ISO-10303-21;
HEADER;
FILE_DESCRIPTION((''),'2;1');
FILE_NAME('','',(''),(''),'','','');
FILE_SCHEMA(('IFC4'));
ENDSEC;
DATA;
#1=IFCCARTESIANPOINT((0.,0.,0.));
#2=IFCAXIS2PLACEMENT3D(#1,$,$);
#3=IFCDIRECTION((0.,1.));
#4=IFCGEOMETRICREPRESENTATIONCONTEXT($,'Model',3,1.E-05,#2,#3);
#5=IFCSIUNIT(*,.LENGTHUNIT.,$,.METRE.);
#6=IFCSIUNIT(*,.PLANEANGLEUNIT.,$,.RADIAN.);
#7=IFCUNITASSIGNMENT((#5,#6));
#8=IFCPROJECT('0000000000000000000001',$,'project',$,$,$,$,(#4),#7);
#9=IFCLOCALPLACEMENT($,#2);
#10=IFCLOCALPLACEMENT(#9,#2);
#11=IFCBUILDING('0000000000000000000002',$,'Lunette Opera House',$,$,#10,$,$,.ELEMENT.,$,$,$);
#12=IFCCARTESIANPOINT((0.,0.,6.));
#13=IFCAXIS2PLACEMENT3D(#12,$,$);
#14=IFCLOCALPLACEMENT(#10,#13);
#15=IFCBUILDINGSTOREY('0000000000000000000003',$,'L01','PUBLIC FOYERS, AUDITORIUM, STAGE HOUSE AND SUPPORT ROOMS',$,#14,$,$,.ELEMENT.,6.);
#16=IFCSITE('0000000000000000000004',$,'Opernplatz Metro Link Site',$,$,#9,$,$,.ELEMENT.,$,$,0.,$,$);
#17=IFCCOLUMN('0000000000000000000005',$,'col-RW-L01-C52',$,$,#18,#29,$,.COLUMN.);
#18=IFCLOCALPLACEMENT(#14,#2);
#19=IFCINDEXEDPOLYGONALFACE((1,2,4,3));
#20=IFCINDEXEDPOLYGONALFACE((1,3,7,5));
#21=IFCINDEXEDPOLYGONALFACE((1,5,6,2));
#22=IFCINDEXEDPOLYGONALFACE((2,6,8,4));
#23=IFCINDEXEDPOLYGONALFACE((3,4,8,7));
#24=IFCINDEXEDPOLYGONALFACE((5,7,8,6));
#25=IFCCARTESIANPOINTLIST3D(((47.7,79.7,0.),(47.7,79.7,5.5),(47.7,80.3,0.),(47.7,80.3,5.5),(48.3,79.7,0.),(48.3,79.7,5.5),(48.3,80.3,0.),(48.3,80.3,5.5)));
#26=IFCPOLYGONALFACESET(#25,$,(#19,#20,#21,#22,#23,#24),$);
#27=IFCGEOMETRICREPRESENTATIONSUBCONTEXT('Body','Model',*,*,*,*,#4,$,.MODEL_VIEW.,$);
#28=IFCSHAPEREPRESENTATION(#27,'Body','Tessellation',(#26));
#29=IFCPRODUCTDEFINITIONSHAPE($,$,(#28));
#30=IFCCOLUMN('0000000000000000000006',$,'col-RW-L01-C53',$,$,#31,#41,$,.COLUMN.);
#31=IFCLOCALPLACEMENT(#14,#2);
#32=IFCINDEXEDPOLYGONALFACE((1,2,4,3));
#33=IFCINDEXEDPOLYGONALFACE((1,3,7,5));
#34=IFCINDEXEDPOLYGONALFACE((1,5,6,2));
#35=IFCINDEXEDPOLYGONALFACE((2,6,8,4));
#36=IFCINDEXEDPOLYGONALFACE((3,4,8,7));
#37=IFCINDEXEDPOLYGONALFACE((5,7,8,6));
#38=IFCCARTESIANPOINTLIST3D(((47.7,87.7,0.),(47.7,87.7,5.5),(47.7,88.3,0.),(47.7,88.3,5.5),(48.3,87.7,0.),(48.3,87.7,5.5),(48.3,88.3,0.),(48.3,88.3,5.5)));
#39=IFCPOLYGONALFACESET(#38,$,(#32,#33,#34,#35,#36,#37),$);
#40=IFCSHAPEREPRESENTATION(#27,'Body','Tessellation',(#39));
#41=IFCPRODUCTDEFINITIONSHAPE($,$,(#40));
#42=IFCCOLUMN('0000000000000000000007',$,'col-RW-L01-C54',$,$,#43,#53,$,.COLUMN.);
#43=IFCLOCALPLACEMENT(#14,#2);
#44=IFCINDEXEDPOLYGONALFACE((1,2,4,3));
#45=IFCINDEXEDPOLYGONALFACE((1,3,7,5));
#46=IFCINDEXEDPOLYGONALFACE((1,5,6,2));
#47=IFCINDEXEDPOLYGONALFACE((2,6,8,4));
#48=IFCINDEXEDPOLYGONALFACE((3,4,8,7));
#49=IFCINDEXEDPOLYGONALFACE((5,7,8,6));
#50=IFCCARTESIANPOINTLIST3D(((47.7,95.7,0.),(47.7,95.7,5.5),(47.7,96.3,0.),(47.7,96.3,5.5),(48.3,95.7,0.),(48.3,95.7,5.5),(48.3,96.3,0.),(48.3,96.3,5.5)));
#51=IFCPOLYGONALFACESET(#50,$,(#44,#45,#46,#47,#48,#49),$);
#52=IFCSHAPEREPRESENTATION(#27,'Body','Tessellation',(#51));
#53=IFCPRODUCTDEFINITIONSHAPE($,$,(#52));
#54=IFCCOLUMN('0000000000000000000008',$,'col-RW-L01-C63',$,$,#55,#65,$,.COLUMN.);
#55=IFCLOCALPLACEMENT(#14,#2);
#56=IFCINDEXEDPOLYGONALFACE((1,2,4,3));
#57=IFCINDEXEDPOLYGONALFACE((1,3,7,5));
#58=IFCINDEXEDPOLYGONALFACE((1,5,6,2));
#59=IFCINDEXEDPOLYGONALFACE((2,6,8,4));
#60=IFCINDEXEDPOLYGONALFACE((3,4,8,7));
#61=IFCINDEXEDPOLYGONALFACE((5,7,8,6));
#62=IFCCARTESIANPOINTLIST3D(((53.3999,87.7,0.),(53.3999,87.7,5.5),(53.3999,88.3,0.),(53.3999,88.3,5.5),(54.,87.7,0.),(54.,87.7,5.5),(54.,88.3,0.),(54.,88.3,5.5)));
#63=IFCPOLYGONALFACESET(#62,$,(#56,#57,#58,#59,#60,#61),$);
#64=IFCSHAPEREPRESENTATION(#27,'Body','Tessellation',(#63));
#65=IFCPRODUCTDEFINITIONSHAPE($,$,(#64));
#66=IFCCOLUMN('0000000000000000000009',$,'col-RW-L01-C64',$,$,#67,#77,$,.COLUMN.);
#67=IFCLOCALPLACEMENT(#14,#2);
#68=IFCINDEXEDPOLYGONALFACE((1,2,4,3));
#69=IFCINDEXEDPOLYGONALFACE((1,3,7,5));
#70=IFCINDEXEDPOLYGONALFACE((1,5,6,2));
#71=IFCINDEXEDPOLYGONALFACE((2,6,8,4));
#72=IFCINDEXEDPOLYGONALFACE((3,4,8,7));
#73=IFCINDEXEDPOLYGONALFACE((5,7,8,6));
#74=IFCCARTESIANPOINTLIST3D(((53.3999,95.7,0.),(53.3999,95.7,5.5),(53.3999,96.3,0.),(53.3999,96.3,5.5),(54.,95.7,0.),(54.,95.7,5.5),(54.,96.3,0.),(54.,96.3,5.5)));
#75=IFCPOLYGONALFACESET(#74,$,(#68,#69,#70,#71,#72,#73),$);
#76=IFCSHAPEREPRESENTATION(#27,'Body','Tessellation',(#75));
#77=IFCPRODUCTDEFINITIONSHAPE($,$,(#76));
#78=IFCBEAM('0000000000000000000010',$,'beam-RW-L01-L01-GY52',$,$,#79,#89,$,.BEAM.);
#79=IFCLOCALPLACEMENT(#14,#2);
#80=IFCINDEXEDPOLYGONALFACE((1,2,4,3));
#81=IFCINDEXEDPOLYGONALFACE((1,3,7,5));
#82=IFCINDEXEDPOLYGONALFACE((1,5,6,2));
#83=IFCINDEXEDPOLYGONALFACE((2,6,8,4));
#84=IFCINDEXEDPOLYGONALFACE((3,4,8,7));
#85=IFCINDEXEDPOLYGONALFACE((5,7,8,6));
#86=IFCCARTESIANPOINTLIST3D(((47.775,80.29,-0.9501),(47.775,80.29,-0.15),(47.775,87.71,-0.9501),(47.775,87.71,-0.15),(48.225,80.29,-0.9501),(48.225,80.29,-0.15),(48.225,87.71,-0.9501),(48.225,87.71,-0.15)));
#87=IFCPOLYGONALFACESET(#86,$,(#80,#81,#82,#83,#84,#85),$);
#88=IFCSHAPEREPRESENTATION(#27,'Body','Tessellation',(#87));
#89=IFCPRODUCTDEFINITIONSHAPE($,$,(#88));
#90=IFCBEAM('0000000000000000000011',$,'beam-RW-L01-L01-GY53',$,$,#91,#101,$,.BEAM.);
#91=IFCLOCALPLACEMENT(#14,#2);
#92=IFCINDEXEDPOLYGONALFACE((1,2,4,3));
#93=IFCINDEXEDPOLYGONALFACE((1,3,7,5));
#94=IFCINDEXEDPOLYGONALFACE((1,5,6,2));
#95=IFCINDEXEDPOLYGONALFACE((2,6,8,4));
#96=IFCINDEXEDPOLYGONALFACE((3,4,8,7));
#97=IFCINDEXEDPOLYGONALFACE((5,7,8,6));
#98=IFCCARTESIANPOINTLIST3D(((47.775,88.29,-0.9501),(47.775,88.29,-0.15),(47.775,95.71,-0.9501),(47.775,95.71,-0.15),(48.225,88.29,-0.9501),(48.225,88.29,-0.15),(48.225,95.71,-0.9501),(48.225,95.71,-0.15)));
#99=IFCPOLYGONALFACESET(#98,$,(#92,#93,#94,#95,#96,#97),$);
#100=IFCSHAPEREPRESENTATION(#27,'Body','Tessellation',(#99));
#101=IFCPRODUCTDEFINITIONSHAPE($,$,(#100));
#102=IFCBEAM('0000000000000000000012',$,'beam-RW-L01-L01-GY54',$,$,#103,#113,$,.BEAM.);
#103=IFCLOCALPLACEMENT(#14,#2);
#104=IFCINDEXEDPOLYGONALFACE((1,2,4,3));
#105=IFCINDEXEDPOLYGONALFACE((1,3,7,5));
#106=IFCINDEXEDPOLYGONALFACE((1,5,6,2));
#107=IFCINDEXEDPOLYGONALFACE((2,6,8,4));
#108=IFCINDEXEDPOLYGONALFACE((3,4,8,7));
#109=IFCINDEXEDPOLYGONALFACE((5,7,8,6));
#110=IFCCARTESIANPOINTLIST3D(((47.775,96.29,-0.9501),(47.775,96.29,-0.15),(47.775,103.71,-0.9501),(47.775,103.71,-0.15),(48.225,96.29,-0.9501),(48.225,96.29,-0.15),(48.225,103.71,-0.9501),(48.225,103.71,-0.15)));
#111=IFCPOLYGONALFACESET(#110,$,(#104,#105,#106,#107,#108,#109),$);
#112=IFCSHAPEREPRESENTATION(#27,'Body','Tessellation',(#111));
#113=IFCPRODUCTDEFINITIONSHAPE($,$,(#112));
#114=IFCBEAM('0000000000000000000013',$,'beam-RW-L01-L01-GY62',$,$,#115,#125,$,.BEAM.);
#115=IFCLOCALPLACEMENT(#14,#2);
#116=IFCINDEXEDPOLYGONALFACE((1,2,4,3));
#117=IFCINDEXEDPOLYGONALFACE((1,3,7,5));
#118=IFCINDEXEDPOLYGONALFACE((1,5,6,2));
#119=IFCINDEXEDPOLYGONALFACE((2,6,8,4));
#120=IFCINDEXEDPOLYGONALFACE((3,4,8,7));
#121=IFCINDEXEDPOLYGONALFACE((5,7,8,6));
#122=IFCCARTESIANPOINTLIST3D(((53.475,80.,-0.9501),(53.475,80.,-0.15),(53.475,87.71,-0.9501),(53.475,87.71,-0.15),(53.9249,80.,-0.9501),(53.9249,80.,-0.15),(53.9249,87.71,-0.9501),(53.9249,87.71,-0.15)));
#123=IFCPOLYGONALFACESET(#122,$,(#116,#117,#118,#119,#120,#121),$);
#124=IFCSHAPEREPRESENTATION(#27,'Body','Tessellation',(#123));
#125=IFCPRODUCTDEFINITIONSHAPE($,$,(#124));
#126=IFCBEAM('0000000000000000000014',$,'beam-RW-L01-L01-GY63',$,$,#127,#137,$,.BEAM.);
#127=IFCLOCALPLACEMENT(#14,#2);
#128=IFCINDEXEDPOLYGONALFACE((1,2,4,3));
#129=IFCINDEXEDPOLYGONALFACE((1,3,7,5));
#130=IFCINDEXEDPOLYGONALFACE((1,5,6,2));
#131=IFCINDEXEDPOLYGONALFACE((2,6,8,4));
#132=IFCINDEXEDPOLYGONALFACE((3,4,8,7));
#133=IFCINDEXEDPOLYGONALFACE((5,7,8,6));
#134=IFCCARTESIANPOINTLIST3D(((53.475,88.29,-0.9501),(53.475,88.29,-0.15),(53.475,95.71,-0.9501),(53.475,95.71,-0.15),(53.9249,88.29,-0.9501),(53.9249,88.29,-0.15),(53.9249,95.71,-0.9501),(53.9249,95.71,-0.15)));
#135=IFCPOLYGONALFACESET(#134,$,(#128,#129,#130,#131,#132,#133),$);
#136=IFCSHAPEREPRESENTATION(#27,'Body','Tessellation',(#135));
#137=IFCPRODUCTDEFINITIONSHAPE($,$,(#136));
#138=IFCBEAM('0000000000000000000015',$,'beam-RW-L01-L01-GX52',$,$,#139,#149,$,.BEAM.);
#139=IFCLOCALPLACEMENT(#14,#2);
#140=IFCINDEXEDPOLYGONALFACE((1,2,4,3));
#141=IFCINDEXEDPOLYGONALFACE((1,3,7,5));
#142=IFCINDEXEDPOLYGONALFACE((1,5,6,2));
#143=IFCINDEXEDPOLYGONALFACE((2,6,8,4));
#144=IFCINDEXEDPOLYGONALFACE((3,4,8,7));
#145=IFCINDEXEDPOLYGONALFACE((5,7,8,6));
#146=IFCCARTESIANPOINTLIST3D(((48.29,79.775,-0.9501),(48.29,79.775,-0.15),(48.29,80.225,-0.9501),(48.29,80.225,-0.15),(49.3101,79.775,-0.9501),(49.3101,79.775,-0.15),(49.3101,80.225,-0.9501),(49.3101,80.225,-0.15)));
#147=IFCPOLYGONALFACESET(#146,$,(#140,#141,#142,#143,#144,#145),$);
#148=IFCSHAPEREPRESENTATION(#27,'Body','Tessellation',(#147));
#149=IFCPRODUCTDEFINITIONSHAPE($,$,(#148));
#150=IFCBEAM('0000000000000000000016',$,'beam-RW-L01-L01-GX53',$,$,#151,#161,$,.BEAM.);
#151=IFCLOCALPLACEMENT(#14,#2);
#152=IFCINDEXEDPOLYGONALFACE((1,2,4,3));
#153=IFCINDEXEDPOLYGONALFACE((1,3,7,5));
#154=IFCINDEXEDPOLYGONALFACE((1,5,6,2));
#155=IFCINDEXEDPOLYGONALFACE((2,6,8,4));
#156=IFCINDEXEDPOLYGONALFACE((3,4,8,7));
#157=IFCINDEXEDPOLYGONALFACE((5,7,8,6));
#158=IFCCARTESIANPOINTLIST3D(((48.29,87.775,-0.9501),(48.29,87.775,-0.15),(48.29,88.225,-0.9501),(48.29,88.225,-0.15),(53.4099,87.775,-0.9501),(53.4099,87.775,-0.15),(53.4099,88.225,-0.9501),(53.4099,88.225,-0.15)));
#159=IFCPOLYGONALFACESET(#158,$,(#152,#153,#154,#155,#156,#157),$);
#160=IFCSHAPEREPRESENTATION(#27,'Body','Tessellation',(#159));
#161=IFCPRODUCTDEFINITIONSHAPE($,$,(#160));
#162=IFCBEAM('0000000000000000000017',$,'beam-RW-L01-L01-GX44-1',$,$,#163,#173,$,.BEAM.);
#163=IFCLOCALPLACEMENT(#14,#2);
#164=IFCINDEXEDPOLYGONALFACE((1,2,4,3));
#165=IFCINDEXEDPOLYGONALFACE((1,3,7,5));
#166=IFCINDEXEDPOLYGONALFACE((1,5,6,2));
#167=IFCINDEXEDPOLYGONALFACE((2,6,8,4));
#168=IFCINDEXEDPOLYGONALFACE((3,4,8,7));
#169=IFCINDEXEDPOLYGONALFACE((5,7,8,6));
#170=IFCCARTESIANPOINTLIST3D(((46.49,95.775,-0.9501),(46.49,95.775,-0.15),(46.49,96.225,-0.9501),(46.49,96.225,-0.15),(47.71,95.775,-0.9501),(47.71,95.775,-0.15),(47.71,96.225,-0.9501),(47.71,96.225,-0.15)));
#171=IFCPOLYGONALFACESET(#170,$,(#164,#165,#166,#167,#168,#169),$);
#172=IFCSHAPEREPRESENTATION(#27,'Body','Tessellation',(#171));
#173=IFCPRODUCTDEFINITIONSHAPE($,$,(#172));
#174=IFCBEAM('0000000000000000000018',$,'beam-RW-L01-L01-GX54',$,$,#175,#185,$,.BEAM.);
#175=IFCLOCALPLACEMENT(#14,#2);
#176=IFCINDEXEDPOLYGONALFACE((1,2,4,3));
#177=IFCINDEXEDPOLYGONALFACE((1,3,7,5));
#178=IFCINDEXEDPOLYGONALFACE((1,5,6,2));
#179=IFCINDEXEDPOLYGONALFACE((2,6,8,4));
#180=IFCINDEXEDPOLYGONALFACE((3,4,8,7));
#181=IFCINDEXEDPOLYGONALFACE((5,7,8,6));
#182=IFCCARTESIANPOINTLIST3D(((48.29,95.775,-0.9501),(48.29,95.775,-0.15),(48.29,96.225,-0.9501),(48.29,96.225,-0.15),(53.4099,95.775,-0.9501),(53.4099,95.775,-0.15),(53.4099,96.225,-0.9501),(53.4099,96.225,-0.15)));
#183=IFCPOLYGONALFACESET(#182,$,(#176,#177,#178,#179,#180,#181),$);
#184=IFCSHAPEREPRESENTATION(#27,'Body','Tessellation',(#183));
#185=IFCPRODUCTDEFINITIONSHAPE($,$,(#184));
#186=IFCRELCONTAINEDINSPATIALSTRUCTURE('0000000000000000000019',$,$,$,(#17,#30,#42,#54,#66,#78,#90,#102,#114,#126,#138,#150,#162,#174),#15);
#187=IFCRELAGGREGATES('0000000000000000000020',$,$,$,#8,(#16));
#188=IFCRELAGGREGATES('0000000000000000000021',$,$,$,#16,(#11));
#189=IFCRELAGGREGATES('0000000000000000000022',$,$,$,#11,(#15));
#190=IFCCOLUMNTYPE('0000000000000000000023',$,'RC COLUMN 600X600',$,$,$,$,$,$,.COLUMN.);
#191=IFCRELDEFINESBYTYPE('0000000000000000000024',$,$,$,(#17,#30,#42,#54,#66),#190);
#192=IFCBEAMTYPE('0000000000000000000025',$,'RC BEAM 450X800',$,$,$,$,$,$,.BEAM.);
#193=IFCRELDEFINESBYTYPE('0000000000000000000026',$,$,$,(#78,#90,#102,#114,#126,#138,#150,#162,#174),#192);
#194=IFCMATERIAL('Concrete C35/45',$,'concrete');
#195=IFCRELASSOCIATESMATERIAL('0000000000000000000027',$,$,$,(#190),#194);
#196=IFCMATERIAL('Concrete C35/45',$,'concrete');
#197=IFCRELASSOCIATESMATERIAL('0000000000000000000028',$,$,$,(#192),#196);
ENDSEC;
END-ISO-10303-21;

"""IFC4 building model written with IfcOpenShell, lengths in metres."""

from ifc_helpers import new_model, si_unit, direction, frame, origin, origin_2d, place, context, subcontext, project, spatial, rectangle, extrude, material, material_profile, profile_set, type_object, element, save


model = new_model("IFC4")

# Units and contexts
model_context = context("Model", 3, precision=1e-05, world=origin(), true_north=direction((0.0, 1.0)))
body_context = subcontext(model_context, "Body", "Model", "MODEL_VIEW")
ifc_project = project(units=[si_unit("LENGTHUNIT", "METRE"), si_unit("PLANEANGLEUNIT", "RADIAN")], contexts=[model_context])

# Site, building, storey
site_placement = place(None, origin())
site = spatial("IfcSite", under=ifc_project, at=site_placement, Name="Opernplatz Metro Link Site", CompositionType="ELEMENT", RefElevation=0.0)
building_placement = place(site_placement, origin())
building = spatial("IfcBuilding", under=site, at=building_placement, Name="Lunette Opera House", CompositionType="ELEMENT")
storey_placement = place(building_placement, frame((0.0, 0.0, 6.0)))
storey = spatial("IfcBuildingStorey", under=building, at=storey_placement, Name="L01", Description="PUBLIC FOYERS, AUDITORIUM, STAGE HOUSE AND SUPPORT ROOMS", CompositionType="ELEMENT", Elevation=6.0)

# Columns
ifc_material_1 = material(Name="Concrete C35/45", Category="concrete")
ifc_material_profile_1 = material_profile(ifc_material_1, rectangle(XDim=0.6001, YDim=0.6001, at=origin_2d()), Name="RC COLUMN 600X600")
ifc_profile_set_1 = profile_set([ifc_material_profile_1], Name="Concrete C35/45")
column_type = type_object("IfcColumnType", Name="RC COLUMN 600X600", PredefinedType="COLUMN", material=ifc_profile_set_1)
for number, where, z_axis, x_axis, name in (
    (1, (48.0, 80.0, 0.0), (0.0, 0.0, 1.0), (1.0, 0.0, 0.0), "col-RW-L01-C52"),
    (2, (48.0, 88.0, 0.0), (0.0, 0.0, 1.0), (1.0, 0.0, 0.0), "col-RW-L01-C53"),
    (3, (48.0, 96.0, 0.0), (0.0, 0.0, 1.0), (1.0, 0.0, 0.0), "col-RW-L01-C54"),
    (4, (53.7, 88.0, 0.0), (0.0, 0.0, 1.0), (1.0, 0.0, 0.0), "col-RW-L01-C63"),
    (5, (53.7, 96.0, 0.0), (0.0, 0.0, 1.0), (1.0, 0.0, 0.0), "col-RW-L01-C64"),
):
    element("IfcColumn", number, at=place(storey_placement, frame(where, z_axis=z_axis, x_axis=x_axis)), inside=storey, type_object=column_type, Name=name, PredefinedType="COLUMN", context=body_context, shape_type="SweptSolid", body=[
        extrude(rectangle(XDim=0.6001, YDim=0.6001, at=origin_2d()), origin(), (0.0, 0.0, 1.0), 5.5),
    ])

# Beams
ifc_material_2 = material(Name="Concrete C35/45", Category="concrete")
ifc_material_profile_2 = material_profile(ifc_material_2, rectangle(XDim=0.45, YDim=0.8, at=origin_2d()), Name="RC BEAM 450X800")
ifc_profile_set_2 = profile_set([ifc_material_profile_2], Name="Concrete C35/45")
beam_type_1 = type_object("IfcBeamType", Name="RC BEAM 450X800", PredefinedType="BEAM", material=ifc_profile_set_2)
for number, where, z_axis, x_axis, name in (
    (6, (48.0, 80.29, -0.55), (0.0, 1.0, 0.0), (-1.0, 0.0, 0.0), "beam-RW-L01-L01-GY52"),
    (7, (48.0, 88.29, -0.55), (0.0, 1.0, 0.0), (-1.0, 0.0, 0.0), "beam-RW-L01-L01-GY53"),
    (8, (48.0, 96.29, -0.55), (0.0, 1.0, 0.0), (-1.0, 0.0, 0.0), "beam-RW-L01-L01-GY54"),
):
    element("IfcBeam", number, at=place(storey_placement, frame(where, z_axis=z_axis, x_axis=x_axis)), inside=storey, type_object=beam_type_1, Name=name, PredefinedType="BEAM", context=body_context, shape_type="SweptSolid", body=[
        extrude(rectangle(XDim=0.45, YDim=0.8, at=origin_2d()), origin(), (0.0, 0.0, 1.0), 7.4199),
    ])
beam_1_placement = place(storey_placement, frame((53.7, 80.0, -0.55), z_axis=(0.0, 1.0, 0.0), x_axis=(-1.0, 0.0, 0.0)))
element("IfcBeam", 9, at=beam_1_placement, inside=storey, type_object=beam_type_1, Name="beam-RW-L01-L01-GY62", PredefinedType="BEAM", context=body_context, shape_type="SweptSolid", body=[
    extrude(rectangle(XDim=0.45, YDim=0.8, at=origin_2d()), origin(), (0.0, 0.0, 1.0), 7.71),
])
beam_2_placement = place(storey_placement, frame((53.7, 88.29, -0.55), z_axis=(0.0, 1.0, 0.0), x_axis=(-1.0, 0.0, 0.0)))
element("IfcBeam", 10, at=beam_2_placement, inside=storey, type_object=beam_type_1, Name="beam-RW-L01-L01-GY63", PredefinedType="BEAM", context=body_context, shape_type="SweptSolid", body=[
    extrude(rectangle(XDim=0.45, YDim=0.8, at=origin_2d()), origin(), (0.0, 0.0, 1.0), 7.4199),
])
beam_3_placement = place(storey_placement, frame((48.29, 80.0, -0.55), z_axis=(1.0, 0.0, 0.0), x_axis=(0.0, 1.0, 0.0)))
element("IfcBeam", 11, at=beam_3_placement, inside=storey, type_object=beam_type_1, Name="beam-RW-L01-L01-GX52", PredefinedType="BEAM", context=body_context, shape_type="SweptSolid", body=[
    extrude(rectangle(XDim=0.45, YDim=0.8, at=origin_2d()), origin(), (0.0, 0.0, 1.0), 1.02),
])
beam_4_placement = place(storey_placement, frame((48.29, 88.0, -0.55), z_axis=(1.0, 0.0, 0.0), x_axis=(0.0, 1.0, 0.0)))
element("IfcBeam", 12, at=beam_4_placement, inside=storey, type_object=beam_type_1, Name="beam-RW-L01-L01-GX53", PredefinedType="BEAM", context=body_context, shape_type="SweptSolid", body=[
    extrude(rectangle(XDim=0.45, YDim=0.8, at=origin_2d()), origin(), (0.0, 0.0, 1.0), 5.1199),
])
beam_5_placement = place(storey_placement, frame((46.49, 96.0, -0.55), z_axis=(1.0, 0.0, 0.0), x_axis=(0.0, 1.0, 0.0)))
element("IfcBeam", 13, at=beam_5_placement, inside=storey, type_object=beam_type_1, Name="beam-RW-L01-L01-GX44-1", PredefinedType="BEAM", context=body_context, shape_type="SweptSolid", body=[
    extrude(rectangle(XDim=0.45, YDim=0.8, at=origin_2d()), origin(), (0.0, 0.0, 1.0), 1.22),
])
beam_6_placement = place(storey_placement, frame((48.29, 96.0, -0.55), z_axis=(1.0, 0.0, 0.0), x_axis=(0.0, 1.0, 0.0)))
element("IfcBeam", 14, at=beam_6_placement, inside=storey, type_object=beam_type_1, Name="beam-RW-L01-L01-GX54", PredefinedType="BEAM", context=body_context, shape_type="SweptSolid", body=[
    extrude(rectangle(XDim=0.45, YDim=0.8, at=origin_2d()), origin(), (0.0, 0.0, 1.0), 5.1199),
])

save(model, "model.ifc")
